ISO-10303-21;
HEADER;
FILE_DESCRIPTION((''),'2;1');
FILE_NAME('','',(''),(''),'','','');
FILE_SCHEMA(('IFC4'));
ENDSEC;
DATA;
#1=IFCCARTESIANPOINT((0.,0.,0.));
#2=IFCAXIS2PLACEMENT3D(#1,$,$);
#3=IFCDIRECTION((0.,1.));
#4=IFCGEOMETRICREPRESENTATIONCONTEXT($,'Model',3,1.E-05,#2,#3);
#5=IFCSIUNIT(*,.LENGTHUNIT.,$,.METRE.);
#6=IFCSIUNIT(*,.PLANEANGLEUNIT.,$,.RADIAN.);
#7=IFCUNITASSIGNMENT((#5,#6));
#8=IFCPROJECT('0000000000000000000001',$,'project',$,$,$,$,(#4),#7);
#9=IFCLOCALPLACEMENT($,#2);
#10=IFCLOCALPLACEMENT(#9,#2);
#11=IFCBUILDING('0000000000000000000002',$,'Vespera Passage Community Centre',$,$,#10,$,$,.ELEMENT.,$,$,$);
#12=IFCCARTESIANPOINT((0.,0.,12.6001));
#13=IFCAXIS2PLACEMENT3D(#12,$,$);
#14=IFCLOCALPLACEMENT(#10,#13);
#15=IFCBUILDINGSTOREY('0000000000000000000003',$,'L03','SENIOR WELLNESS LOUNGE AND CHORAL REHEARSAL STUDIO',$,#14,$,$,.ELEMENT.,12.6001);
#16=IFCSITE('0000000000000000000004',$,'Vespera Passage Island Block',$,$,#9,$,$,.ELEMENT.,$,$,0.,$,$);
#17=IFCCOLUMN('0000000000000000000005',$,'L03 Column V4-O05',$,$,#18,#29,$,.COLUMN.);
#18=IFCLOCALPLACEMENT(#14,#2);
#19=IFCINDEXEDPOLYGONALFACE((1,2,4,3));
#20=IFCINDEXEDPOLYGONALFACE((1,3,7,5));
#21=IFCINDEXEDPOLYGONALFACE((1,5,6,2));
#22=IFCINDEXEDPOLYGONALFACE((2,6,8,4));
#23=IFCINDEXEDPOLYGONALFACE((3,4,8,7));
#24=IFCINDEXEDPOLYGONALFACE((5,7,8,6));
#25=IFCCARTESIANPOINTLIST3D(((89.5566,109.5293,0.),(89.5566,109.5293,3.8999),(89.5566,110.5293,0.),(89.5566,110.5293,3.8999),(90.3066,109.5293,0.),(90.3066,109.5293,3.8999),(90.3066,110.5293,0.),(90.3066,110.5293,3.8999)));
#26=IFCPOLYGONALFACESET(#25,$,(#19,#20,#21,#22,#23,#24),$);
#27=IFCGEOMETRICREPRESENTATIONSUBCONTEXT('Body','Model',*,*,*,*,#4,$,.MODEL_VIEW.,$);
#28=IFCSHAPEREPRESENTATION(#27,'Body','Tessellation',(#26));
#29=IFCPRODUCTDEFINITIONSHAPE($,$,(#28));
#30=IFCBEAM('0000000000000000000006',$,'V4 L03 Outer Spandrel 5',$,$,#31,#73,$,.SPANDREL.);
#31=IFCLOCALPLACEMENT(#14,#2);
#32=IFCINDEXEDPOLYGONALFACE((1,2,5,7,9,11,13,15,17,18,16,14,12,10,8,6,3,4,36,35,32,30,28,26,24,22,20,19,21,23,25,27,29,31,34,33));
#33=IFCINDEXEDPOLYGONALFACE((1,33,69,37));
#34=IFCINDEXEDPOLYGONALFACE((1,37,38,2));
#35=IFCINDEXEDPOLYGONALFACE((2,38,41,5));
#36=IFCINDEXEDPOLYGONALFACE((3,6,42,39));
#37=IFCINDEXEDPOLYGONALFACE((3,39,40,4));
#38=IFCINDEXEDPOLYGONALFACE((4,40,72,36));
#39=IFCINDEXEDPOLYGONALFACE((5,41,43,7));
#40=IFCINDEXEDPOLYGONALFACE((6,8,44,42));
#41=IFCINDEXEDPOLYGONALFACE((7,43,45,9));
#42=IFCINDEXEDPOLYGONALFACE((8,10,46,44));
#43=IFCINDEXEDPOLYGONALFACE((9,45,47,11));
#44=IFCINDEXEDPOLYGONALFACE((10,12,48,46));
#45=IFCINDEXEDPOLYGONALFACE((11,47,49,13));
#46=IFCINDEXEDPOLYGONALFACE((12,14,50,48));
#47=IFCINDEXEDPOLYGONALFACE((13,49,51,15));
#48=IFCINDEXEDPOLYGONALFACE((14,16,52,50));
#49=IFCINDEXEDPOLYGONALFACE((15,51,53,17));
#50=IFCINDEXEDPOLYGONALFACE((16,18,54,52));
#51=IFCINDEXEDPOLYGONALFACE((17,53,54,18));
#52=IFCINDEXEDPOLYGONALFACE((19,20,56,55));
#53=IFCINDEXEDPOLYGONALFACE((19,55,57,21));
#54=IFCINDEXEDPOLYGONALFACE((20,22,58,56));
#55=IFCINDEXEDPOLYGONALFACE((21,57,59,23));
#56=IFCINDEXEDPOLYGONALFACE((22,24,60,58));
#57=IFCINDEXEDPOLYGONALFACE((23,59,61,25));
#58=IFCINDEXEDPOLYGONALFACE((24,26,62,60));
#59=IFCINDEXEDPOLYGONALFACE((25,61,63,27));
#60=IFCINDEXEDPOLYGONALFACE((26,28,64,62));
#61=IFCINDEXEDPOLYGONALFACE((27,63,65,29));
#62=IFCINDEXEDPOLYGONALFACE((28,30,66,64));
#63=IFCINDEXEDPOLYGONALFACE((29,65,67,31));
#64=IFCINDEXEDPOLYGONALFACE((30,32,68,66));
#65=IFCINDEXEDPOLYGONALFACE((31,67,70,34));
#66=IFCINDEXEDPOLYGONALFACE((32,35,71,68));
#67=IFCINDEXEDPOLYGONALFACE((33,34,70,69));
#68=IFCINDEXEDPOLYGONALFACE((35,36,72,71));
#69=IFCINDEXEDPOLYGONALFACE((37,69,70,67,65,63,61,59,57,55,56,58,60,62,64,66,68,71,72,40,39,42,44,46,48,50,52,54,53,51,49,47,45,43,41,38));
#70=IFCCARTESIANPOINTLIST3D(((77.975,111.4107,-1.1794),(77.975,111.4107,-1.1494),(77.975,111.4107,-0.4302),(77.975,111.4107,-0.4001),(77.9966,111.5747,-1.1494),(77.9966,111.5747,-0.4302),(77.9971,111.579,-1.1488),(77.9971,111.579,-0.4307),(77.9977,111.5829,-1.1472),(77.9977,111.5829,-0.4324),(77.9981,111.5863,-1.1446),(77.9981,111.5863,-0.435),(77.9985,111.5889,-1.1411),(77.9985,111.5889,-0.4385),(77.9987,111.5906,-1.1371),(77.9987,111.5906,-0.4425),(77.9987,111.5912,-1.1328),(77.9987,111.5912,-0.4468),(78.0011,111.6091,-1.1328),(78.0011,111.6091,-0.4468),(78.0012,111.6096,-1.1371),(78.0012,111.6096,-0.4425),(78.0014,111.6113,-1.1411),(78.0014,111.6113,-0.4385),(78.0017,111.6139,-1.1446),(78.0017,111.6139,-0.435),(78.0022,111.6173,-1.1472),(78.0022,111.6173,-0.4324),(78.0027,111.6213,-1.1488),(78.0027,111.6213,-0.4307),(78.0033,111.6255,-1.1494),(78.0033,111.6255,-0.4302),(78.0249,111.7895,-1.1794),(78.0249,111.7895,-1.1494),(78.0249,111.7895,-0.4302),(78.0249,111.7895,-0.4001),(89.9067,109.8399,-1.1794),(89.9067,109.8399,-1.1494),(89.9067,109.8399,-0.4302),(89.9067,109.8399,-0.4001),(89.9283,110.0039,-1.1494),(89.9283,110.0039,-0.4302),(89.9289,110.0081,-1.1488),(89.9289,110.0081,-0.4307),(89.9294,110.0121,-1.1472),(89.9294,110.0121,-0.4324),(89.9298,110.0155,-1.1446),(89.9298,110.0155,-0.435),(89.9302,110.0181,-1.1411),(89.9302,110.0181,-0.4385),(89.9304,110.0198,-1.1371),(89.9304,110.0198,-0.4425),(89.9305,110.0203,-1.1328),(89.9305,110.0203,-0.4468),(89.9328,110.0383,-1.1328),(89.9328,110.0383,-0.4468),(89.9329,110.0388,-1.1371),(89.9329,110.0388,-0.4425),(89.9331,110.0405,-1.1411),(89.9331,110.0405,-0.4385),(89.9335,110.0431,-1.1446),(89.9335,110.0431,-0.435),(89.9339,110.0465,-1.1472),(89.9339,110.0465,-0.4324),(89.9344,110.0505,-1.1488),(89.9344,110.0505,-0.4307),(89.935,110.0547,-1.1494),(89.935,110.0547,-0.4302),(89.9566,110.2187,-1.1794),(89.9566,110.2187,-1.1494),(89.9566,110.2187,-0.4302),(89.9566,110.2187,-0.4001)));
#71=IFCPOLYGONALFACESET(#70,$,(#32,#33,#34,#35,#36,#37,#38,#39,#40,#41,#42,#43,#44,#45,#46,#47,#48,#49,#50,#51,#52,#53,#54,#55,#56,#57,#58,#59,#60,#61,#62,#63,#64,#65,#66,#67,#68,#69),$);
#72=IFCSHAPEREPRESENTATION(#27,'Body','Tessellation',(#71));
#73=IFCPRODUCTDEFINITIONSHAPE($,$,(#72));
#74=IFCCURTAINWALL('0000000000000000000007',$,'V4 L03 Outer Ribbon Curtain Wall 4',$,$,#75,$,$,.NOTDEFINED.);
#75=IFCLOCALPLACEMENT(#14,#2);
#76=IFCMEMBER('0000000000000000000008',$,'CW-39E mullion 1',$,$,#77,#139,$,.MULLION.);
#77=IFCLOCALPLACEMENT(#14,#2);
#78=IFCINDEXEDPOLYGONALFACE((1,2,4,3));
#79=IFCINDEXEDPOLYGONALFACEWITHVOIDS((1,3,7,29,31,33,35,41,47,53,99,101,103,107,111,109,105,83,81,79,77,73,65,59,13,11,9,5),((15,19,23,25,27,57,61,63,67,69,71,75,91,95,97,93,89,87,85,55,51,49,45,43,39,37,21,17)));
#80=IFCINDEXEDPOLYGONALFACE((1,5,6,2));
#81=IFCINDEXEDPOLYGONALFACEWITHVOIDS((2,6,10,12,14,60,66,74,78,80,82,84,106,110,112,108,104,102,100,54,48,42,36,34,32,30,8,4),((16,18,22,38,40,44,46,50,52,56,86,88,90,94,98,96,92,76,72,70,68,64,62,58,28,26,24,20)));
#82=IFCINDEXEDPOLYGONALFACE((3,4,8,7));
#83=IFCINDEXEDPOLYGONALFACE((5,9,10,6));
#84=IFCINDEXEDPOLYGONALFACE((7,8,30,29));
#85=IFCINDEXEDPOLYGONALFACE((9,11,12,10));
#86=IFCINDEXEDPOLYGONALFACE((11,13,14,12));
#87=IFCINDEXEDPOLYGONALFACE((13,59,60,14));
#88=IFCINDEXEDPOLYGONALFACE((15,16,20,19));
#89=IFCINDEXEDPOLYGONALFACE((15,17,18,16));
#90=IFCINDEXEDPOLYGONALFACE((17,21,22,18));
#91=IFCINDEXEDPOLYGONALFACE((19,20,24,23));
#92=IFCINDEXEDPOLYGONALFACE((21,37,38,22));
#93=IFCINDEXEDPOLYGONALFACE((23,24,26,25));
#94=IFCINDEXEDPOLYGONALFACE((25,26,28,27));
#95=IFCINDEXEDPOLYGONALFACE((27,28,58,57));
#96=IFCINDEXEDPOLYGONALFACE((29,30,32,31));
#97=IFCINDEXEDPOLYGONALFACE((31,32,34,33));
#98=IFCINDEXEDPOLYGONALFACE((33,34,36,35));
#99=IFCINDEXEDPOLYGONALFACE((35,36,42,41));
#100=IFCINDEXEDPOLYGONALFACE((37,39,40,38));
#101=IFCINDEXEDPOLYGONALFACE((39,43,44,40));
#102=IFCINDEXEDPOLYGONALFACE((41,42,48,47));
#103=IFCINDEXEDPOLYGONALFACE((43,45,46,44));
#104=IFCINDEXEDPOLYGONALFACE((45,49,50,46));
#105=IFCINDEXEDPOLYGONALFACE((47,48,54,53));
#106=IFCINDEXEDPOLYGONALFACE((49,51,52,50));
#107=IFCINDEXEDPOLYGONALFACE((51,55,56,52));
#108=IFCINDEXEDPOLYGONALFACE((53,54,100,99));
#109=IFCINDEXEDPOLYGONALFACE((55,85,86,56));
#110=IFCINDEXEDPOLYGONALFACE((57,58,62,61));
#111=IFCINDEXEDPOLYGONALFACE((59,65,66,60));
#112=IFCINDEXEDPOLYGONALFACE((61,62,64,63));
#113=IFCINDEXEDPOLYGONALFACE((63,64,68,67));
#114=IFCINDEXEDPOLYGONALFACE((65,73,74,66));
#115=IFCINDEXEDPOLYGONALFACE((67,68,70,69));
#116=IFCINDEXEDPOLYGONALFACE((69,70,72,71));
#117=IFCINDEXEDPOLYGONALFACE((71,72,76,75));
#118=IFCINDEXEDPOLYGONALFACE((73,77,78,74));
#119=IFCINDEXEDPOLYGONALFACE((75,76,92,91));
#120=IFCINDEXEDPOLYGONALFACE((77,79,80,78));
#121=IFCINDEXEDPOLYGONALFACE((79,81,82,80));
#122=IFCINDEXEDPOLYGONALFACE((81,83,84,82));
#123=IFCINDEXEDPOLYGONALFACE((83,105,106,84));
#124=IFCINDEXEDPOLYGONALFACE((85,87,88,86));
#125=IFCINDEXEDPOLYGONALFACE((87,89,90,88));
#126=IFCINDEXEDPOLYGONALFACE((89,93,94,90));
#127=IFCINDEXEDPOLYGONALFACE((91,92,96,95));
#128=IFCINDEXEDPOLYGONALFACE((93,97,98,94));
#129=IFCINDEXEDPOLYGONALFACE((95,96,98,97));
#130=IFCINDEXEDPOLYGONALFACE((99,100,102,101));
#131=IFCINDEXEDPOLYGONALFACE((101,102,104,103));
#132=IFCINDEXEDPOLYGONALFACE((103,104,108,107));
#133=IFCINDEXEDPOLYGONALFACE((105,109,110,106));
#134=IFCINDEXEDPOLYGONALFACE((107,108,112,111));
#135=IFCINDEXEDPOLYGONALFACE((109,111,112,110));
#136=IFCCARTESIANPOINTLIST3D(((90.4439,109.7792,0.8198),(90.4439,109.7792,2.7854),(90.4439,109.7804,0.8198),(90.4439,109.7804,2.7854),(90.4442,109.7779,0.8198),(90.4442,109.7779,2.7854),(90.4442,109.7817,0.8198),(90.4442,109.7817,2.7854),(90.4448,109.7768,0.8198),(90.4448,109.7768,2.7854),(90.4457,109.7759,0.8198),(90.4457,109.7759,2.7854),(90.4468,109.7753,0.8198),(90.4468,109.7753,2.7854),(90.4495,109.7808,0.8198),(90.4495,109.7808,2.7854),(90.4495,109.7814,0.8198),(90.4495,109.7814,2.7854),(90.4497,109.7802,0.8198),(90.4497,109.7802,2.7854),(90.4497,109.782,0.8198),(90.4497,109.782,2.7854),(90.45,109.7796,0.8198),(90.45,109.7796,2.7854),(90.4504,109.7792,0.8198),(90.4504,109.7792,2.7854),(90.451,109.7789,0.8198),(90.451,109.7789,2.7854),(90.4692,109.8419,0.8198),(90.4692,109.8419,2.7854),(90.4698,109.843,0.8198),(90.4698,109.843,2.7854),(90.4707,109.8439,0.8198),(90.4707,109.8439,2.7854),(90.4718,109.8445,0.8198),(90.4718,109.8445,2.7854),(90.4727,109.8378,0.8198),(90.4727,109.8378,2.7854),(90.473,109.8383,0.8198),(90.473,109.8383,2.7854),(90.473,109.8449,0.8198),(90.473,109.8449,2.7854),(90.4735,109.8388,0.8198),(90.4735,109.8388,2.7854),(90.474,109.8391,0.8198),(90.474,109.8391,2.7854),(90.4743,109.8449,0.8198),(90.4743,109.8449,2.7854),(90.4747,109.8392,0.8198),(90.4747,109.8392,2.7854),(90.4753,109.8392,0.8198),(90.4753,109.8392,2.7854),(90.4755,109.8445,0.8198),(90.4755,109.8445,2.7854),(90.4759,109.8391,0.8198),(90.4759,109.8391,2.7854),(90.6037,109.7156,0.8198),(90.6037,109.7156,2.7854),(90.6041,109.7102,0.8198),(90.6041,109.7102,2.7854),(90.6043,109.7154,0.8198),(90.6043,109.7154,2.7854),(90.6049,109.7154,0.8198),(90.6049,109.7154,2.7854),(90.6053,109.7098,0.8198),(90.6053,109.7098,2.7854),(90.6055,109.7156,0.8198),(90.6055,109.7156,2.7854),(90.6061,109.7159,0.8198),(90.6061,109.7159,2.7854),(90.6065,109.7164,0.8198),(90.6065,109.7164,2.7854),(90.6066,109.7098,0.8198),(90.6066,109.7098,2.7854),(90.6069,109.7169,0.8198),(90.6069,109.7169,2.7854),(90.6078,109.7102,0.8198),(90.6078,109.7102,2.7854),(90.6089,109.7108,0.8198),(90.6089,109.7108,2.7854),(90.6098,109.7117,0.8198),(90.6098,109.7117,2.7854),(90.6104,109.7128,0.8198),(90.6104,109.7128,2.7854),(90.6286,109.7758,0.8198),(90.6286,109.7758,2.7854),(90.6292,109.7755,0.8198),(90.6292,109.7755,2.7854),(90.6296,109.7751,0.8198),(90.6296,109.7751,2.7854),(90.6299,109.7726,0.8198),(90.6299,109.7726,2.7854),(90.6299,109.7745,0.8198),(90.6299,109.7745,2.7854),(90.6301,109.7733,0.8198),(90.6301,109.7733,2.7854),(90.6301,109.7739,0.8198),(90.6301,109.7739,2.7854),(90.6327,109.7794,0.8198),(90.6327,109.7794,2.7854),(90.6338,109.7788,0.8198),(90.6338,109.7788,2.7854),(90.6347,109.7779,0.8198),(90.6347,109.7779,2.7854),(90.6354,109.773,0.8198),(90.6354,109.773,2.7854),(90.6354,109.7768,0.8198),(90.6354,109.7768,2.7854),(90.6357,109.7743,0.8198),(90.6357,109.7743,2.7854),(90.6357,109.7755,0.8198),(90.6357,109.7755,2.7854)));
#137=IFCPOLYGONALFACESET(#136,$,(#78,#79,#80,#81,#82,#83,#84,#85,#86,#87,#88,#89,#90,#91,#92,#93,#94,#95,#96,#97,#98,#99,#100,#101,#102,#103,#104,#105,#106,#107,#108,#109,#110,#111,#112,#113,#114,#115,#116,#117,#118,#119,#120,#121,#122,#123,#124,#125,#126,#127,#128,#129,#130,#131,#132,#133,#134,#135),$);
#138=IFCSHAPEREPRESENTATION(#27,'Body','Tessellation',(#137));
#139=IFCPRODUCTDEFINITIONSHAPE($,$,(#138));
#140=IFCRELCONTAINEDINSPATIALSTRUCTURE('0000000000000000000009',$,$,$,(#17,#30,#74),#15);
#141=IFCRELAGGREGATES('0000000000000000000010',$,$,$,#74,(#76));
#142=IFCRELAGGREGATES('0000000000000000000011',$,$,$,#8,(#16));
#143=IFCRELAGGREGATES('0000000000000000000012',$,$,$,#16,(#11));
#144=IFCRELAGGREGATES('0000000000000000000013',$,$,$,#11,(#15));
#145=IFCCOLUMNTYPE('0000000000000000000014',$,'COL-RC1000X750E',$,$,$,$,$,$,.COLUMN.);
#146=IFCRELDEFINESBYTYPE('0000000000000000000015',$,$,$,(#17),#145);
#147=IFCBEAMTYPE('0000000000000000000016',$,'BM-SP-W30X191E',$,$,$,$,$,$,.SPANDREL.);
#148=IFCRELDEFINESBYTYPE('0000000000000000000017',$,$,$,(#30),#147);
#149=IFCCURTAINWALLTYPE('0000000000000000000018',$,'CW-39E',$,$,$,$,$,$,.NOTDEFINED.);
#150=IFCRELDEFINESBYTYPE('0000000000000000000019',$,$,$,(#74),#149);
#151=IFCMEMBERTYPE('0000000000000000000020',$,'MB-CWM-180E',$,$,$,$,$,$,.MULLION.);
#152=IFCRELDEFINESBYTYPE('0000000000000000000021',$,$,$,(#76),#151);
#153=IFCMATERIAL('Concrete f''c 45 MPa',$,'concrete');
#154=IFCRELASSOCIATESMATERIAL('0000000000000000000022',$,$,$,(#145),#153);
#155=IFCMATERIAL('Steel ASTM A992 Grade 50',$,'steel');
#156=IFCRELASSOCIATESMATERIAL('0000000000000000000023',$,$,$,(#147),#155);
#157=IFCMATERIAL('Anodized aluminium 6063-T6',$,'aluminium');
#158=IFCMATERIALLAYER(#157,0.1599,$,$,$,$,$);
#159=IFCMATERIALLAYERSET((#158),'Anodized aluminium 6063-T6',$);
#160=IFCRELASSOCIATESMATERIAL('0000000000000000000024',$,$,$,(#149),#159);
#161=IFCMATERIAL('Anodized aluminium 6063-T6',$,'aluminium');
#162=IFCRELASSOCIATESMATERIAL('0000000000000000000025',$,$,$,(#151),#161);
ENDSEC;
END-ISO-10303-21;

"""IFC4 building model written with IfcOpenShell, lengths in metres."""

from ifc_helpers import new_model, si_unit, direction, frame, origin, origin_2d, place, context, subcontext, project, spatial, rectangle, hollow_rectangle, i_section, extrude, material, layer, layer_set, material_profile, profile_set, type_object, element, aggregate, save


model = new_model("IFC4")

# Units and contexts
model_context = context("Model", 3, precision=1e-05, world=origin(), true_north=direction((0.0, 1.0)))
body_context = subcontext(model_context, "Body", "Model", "MODEL_VIEW")
ifc_project = project(units=[si_unit("LENGTHUNIT", "METRE"), si_unit("PLANEANGLEUNIT", "RADIAN")], contexts=[model_context])

# Site, building, storey
site_placement = place(None, origin())
site = spatial("IfcSite", under=ifc_project, at=site_placement, Name="Vespera Passage Island Block", CompositionType="ELEMENT", RefElevation=0.0)
building_placement = place(site_placement, origin())
building = spatial("IfcBuilding", under=site, at=building_placement, Name="Vespera Passage Community Centre", CompositionType="ELEMENT")
storey_placement = place(building_placement, frame((0.0, 0.0, 12.6001)))
storey = spatial("IfcBuildingStorey", under=building, at=storey_placement, Name="L03", Description="SENIOR WELLNESS LOUNGE AND CHORAL REHEARSAL STUDIO", CompositionType="ELEMENT", Elevation=12.6001)

# Column
ifc_material_1 = material(Name="Concrete f'c 45 MPa", Category="concrete")
ifc_material_profile_1 = material_profile(ifc_material_1, rectangle(XDim=0.75, YDim=1.0, at=origin_2d()), Name="RC1000X750")
ifc_profile_set_1 = profile_set([ifc_material_profile_1], Name="Concrete f'c 45 MPa")
column_type = type_object("IfcColumnType", Name="COL-RC1000X750E", PredefinedType="COLUMN", material=ifc_profile_set_1)
column_placement = place(storey_placement, frame((89.9316, 110.0293, 0.0), z_axis=(0.0, 0.0, 1.0), x_axis=(1.0, 0.0, 0.0)))
element("IfcColumn", 1, at=column_placement, inside=storey, type_object=column_type, Name="L03 Column V4-O05", PredefinedType="COLUMN", context=body_context, shape_type="SweptSolid", body=[
    extrude(rectangle(XDim=0.75, YDim=1.0, at=origin_2d()), origin(), (0.0, 0.0, 1.0), 3.8999),
])

# Beam
ifc_material_2 = material(Name="Steel ASTM A992 Grade 50", Category="steel")
ifc_material_profile_2 = material_profile(ifc_material_2, i_section(OverallWidth=0.3821, OverallDepth=0.7793, WebThickness=0.0181, FlangeThickness=0.03, FilletRadius=0.0166, at=origin_2d()), Name="W30X191")
ifc_profile_set_2 = profile_set([ifc_material_profile_2], Name="Steel ASTM A992 Grade 50")
beam_type = type_object("IfcBeamType", Name="BM-SP-W30X191E", PredefinedType="SPANDREL", material=ifc_profile_set_2)
beam_placement = place(storey_placement, frame((89.9316, 110.0293, -0.7898), z_axis=(-0.991445, 0.130524, 0.0), x_axis=(-0.130524, -0.991445, 0.0)))
element("IfcBeam", 2, at=beam_placement, inside=storey, type_object=beam_type, Name="V4 L03 Outer Spandrel 5", PredefinedType="SPANDREL", context=body_context, shape_type="SweptSolid", body=[
    extrude(i_section(OverallWidth=0.3821, OverallDepth=0.7793, WebThickness=0.0181, FlangeThickness=0.03, FilletRadius=0.0166, at=origin_2d()), origin(), (0.0, 0.0, 1.0), 12.0347),
])

# Curtain wall, member
ifc_material_3 = material(Name="Anodized aluminium 6063-T6", Category="aluminium")
ifc_layer_1 = layer(ifc_material_3, 0.1599)
ifc_layer_set_1 = layer_set([ifc_layer_1], Name="Anodized aluminium 6063-T6")
curtain_wall_type_1 = type_object("IfcCurtainWallType", Name="CW-39E", PredefinedType="NOTDEFINED", material=ifc_layer_set_1)
curtain_wall_1_placement = place(storey_placement, origin())
curtain_wall_1 = element("IfcCurtainWall", 3, at=curtain_wall_1_placement, inside=storey, type_object=curtain_wall_type_1, Name="V4 L03 Outer Ribbon Curtain Wall 4", PredefinedType="NOTDEFINED")
ifc_material_4 = material(Name="Anodized aluminium 6063-T6", Category="aluminium")
ifc_material_profile_3 = material_profile(ifc_material_4, hollow_rectangle(XDim=0.075, YDim=0.1799, WallThickness=0.0049, InnerFilletRadius=0.0024, OuterFilletRadius=0.0049, at=origin_2d()), Name="ALU180X75X5")
ifc_profile_set_3 = profile_set([ifc_material_profile_3], Name="Anodized aluminium 6063-T6")
member_type_1 = type_object("IfcMemberType", Name="MB-CWM-180E", PredefinedType="MULLION", material=ifc_profile_set_3)
member_1_placement = place(storey_placement, frame((90.5398, 109.7773, 0.8198), z_axis=(0.0, 0.0, 1.0), x_axis=(0.382683, 0.92388, 0.0)))
member_1 = element("IfcMember", 4, at=member_1_placement, type_object=member_type_1, Name="CW-39E mullion 1", PredefinedType="MULLION", context=body_context, shape_type="SweptSolid", body=[
    extrude(hollow_rectangle(XDim=0.075, YDim=0.1799, WallThickness=0.0049, InnerFilletRadius=0.0024, OuterFilletRadius=0.0049, at=origin_2d()), origin(), (0.0, 0.0, 1.0), 1.9656),
])

aggregate(curtain_wall_1, [member_1])

save(model, "model.ifc")
